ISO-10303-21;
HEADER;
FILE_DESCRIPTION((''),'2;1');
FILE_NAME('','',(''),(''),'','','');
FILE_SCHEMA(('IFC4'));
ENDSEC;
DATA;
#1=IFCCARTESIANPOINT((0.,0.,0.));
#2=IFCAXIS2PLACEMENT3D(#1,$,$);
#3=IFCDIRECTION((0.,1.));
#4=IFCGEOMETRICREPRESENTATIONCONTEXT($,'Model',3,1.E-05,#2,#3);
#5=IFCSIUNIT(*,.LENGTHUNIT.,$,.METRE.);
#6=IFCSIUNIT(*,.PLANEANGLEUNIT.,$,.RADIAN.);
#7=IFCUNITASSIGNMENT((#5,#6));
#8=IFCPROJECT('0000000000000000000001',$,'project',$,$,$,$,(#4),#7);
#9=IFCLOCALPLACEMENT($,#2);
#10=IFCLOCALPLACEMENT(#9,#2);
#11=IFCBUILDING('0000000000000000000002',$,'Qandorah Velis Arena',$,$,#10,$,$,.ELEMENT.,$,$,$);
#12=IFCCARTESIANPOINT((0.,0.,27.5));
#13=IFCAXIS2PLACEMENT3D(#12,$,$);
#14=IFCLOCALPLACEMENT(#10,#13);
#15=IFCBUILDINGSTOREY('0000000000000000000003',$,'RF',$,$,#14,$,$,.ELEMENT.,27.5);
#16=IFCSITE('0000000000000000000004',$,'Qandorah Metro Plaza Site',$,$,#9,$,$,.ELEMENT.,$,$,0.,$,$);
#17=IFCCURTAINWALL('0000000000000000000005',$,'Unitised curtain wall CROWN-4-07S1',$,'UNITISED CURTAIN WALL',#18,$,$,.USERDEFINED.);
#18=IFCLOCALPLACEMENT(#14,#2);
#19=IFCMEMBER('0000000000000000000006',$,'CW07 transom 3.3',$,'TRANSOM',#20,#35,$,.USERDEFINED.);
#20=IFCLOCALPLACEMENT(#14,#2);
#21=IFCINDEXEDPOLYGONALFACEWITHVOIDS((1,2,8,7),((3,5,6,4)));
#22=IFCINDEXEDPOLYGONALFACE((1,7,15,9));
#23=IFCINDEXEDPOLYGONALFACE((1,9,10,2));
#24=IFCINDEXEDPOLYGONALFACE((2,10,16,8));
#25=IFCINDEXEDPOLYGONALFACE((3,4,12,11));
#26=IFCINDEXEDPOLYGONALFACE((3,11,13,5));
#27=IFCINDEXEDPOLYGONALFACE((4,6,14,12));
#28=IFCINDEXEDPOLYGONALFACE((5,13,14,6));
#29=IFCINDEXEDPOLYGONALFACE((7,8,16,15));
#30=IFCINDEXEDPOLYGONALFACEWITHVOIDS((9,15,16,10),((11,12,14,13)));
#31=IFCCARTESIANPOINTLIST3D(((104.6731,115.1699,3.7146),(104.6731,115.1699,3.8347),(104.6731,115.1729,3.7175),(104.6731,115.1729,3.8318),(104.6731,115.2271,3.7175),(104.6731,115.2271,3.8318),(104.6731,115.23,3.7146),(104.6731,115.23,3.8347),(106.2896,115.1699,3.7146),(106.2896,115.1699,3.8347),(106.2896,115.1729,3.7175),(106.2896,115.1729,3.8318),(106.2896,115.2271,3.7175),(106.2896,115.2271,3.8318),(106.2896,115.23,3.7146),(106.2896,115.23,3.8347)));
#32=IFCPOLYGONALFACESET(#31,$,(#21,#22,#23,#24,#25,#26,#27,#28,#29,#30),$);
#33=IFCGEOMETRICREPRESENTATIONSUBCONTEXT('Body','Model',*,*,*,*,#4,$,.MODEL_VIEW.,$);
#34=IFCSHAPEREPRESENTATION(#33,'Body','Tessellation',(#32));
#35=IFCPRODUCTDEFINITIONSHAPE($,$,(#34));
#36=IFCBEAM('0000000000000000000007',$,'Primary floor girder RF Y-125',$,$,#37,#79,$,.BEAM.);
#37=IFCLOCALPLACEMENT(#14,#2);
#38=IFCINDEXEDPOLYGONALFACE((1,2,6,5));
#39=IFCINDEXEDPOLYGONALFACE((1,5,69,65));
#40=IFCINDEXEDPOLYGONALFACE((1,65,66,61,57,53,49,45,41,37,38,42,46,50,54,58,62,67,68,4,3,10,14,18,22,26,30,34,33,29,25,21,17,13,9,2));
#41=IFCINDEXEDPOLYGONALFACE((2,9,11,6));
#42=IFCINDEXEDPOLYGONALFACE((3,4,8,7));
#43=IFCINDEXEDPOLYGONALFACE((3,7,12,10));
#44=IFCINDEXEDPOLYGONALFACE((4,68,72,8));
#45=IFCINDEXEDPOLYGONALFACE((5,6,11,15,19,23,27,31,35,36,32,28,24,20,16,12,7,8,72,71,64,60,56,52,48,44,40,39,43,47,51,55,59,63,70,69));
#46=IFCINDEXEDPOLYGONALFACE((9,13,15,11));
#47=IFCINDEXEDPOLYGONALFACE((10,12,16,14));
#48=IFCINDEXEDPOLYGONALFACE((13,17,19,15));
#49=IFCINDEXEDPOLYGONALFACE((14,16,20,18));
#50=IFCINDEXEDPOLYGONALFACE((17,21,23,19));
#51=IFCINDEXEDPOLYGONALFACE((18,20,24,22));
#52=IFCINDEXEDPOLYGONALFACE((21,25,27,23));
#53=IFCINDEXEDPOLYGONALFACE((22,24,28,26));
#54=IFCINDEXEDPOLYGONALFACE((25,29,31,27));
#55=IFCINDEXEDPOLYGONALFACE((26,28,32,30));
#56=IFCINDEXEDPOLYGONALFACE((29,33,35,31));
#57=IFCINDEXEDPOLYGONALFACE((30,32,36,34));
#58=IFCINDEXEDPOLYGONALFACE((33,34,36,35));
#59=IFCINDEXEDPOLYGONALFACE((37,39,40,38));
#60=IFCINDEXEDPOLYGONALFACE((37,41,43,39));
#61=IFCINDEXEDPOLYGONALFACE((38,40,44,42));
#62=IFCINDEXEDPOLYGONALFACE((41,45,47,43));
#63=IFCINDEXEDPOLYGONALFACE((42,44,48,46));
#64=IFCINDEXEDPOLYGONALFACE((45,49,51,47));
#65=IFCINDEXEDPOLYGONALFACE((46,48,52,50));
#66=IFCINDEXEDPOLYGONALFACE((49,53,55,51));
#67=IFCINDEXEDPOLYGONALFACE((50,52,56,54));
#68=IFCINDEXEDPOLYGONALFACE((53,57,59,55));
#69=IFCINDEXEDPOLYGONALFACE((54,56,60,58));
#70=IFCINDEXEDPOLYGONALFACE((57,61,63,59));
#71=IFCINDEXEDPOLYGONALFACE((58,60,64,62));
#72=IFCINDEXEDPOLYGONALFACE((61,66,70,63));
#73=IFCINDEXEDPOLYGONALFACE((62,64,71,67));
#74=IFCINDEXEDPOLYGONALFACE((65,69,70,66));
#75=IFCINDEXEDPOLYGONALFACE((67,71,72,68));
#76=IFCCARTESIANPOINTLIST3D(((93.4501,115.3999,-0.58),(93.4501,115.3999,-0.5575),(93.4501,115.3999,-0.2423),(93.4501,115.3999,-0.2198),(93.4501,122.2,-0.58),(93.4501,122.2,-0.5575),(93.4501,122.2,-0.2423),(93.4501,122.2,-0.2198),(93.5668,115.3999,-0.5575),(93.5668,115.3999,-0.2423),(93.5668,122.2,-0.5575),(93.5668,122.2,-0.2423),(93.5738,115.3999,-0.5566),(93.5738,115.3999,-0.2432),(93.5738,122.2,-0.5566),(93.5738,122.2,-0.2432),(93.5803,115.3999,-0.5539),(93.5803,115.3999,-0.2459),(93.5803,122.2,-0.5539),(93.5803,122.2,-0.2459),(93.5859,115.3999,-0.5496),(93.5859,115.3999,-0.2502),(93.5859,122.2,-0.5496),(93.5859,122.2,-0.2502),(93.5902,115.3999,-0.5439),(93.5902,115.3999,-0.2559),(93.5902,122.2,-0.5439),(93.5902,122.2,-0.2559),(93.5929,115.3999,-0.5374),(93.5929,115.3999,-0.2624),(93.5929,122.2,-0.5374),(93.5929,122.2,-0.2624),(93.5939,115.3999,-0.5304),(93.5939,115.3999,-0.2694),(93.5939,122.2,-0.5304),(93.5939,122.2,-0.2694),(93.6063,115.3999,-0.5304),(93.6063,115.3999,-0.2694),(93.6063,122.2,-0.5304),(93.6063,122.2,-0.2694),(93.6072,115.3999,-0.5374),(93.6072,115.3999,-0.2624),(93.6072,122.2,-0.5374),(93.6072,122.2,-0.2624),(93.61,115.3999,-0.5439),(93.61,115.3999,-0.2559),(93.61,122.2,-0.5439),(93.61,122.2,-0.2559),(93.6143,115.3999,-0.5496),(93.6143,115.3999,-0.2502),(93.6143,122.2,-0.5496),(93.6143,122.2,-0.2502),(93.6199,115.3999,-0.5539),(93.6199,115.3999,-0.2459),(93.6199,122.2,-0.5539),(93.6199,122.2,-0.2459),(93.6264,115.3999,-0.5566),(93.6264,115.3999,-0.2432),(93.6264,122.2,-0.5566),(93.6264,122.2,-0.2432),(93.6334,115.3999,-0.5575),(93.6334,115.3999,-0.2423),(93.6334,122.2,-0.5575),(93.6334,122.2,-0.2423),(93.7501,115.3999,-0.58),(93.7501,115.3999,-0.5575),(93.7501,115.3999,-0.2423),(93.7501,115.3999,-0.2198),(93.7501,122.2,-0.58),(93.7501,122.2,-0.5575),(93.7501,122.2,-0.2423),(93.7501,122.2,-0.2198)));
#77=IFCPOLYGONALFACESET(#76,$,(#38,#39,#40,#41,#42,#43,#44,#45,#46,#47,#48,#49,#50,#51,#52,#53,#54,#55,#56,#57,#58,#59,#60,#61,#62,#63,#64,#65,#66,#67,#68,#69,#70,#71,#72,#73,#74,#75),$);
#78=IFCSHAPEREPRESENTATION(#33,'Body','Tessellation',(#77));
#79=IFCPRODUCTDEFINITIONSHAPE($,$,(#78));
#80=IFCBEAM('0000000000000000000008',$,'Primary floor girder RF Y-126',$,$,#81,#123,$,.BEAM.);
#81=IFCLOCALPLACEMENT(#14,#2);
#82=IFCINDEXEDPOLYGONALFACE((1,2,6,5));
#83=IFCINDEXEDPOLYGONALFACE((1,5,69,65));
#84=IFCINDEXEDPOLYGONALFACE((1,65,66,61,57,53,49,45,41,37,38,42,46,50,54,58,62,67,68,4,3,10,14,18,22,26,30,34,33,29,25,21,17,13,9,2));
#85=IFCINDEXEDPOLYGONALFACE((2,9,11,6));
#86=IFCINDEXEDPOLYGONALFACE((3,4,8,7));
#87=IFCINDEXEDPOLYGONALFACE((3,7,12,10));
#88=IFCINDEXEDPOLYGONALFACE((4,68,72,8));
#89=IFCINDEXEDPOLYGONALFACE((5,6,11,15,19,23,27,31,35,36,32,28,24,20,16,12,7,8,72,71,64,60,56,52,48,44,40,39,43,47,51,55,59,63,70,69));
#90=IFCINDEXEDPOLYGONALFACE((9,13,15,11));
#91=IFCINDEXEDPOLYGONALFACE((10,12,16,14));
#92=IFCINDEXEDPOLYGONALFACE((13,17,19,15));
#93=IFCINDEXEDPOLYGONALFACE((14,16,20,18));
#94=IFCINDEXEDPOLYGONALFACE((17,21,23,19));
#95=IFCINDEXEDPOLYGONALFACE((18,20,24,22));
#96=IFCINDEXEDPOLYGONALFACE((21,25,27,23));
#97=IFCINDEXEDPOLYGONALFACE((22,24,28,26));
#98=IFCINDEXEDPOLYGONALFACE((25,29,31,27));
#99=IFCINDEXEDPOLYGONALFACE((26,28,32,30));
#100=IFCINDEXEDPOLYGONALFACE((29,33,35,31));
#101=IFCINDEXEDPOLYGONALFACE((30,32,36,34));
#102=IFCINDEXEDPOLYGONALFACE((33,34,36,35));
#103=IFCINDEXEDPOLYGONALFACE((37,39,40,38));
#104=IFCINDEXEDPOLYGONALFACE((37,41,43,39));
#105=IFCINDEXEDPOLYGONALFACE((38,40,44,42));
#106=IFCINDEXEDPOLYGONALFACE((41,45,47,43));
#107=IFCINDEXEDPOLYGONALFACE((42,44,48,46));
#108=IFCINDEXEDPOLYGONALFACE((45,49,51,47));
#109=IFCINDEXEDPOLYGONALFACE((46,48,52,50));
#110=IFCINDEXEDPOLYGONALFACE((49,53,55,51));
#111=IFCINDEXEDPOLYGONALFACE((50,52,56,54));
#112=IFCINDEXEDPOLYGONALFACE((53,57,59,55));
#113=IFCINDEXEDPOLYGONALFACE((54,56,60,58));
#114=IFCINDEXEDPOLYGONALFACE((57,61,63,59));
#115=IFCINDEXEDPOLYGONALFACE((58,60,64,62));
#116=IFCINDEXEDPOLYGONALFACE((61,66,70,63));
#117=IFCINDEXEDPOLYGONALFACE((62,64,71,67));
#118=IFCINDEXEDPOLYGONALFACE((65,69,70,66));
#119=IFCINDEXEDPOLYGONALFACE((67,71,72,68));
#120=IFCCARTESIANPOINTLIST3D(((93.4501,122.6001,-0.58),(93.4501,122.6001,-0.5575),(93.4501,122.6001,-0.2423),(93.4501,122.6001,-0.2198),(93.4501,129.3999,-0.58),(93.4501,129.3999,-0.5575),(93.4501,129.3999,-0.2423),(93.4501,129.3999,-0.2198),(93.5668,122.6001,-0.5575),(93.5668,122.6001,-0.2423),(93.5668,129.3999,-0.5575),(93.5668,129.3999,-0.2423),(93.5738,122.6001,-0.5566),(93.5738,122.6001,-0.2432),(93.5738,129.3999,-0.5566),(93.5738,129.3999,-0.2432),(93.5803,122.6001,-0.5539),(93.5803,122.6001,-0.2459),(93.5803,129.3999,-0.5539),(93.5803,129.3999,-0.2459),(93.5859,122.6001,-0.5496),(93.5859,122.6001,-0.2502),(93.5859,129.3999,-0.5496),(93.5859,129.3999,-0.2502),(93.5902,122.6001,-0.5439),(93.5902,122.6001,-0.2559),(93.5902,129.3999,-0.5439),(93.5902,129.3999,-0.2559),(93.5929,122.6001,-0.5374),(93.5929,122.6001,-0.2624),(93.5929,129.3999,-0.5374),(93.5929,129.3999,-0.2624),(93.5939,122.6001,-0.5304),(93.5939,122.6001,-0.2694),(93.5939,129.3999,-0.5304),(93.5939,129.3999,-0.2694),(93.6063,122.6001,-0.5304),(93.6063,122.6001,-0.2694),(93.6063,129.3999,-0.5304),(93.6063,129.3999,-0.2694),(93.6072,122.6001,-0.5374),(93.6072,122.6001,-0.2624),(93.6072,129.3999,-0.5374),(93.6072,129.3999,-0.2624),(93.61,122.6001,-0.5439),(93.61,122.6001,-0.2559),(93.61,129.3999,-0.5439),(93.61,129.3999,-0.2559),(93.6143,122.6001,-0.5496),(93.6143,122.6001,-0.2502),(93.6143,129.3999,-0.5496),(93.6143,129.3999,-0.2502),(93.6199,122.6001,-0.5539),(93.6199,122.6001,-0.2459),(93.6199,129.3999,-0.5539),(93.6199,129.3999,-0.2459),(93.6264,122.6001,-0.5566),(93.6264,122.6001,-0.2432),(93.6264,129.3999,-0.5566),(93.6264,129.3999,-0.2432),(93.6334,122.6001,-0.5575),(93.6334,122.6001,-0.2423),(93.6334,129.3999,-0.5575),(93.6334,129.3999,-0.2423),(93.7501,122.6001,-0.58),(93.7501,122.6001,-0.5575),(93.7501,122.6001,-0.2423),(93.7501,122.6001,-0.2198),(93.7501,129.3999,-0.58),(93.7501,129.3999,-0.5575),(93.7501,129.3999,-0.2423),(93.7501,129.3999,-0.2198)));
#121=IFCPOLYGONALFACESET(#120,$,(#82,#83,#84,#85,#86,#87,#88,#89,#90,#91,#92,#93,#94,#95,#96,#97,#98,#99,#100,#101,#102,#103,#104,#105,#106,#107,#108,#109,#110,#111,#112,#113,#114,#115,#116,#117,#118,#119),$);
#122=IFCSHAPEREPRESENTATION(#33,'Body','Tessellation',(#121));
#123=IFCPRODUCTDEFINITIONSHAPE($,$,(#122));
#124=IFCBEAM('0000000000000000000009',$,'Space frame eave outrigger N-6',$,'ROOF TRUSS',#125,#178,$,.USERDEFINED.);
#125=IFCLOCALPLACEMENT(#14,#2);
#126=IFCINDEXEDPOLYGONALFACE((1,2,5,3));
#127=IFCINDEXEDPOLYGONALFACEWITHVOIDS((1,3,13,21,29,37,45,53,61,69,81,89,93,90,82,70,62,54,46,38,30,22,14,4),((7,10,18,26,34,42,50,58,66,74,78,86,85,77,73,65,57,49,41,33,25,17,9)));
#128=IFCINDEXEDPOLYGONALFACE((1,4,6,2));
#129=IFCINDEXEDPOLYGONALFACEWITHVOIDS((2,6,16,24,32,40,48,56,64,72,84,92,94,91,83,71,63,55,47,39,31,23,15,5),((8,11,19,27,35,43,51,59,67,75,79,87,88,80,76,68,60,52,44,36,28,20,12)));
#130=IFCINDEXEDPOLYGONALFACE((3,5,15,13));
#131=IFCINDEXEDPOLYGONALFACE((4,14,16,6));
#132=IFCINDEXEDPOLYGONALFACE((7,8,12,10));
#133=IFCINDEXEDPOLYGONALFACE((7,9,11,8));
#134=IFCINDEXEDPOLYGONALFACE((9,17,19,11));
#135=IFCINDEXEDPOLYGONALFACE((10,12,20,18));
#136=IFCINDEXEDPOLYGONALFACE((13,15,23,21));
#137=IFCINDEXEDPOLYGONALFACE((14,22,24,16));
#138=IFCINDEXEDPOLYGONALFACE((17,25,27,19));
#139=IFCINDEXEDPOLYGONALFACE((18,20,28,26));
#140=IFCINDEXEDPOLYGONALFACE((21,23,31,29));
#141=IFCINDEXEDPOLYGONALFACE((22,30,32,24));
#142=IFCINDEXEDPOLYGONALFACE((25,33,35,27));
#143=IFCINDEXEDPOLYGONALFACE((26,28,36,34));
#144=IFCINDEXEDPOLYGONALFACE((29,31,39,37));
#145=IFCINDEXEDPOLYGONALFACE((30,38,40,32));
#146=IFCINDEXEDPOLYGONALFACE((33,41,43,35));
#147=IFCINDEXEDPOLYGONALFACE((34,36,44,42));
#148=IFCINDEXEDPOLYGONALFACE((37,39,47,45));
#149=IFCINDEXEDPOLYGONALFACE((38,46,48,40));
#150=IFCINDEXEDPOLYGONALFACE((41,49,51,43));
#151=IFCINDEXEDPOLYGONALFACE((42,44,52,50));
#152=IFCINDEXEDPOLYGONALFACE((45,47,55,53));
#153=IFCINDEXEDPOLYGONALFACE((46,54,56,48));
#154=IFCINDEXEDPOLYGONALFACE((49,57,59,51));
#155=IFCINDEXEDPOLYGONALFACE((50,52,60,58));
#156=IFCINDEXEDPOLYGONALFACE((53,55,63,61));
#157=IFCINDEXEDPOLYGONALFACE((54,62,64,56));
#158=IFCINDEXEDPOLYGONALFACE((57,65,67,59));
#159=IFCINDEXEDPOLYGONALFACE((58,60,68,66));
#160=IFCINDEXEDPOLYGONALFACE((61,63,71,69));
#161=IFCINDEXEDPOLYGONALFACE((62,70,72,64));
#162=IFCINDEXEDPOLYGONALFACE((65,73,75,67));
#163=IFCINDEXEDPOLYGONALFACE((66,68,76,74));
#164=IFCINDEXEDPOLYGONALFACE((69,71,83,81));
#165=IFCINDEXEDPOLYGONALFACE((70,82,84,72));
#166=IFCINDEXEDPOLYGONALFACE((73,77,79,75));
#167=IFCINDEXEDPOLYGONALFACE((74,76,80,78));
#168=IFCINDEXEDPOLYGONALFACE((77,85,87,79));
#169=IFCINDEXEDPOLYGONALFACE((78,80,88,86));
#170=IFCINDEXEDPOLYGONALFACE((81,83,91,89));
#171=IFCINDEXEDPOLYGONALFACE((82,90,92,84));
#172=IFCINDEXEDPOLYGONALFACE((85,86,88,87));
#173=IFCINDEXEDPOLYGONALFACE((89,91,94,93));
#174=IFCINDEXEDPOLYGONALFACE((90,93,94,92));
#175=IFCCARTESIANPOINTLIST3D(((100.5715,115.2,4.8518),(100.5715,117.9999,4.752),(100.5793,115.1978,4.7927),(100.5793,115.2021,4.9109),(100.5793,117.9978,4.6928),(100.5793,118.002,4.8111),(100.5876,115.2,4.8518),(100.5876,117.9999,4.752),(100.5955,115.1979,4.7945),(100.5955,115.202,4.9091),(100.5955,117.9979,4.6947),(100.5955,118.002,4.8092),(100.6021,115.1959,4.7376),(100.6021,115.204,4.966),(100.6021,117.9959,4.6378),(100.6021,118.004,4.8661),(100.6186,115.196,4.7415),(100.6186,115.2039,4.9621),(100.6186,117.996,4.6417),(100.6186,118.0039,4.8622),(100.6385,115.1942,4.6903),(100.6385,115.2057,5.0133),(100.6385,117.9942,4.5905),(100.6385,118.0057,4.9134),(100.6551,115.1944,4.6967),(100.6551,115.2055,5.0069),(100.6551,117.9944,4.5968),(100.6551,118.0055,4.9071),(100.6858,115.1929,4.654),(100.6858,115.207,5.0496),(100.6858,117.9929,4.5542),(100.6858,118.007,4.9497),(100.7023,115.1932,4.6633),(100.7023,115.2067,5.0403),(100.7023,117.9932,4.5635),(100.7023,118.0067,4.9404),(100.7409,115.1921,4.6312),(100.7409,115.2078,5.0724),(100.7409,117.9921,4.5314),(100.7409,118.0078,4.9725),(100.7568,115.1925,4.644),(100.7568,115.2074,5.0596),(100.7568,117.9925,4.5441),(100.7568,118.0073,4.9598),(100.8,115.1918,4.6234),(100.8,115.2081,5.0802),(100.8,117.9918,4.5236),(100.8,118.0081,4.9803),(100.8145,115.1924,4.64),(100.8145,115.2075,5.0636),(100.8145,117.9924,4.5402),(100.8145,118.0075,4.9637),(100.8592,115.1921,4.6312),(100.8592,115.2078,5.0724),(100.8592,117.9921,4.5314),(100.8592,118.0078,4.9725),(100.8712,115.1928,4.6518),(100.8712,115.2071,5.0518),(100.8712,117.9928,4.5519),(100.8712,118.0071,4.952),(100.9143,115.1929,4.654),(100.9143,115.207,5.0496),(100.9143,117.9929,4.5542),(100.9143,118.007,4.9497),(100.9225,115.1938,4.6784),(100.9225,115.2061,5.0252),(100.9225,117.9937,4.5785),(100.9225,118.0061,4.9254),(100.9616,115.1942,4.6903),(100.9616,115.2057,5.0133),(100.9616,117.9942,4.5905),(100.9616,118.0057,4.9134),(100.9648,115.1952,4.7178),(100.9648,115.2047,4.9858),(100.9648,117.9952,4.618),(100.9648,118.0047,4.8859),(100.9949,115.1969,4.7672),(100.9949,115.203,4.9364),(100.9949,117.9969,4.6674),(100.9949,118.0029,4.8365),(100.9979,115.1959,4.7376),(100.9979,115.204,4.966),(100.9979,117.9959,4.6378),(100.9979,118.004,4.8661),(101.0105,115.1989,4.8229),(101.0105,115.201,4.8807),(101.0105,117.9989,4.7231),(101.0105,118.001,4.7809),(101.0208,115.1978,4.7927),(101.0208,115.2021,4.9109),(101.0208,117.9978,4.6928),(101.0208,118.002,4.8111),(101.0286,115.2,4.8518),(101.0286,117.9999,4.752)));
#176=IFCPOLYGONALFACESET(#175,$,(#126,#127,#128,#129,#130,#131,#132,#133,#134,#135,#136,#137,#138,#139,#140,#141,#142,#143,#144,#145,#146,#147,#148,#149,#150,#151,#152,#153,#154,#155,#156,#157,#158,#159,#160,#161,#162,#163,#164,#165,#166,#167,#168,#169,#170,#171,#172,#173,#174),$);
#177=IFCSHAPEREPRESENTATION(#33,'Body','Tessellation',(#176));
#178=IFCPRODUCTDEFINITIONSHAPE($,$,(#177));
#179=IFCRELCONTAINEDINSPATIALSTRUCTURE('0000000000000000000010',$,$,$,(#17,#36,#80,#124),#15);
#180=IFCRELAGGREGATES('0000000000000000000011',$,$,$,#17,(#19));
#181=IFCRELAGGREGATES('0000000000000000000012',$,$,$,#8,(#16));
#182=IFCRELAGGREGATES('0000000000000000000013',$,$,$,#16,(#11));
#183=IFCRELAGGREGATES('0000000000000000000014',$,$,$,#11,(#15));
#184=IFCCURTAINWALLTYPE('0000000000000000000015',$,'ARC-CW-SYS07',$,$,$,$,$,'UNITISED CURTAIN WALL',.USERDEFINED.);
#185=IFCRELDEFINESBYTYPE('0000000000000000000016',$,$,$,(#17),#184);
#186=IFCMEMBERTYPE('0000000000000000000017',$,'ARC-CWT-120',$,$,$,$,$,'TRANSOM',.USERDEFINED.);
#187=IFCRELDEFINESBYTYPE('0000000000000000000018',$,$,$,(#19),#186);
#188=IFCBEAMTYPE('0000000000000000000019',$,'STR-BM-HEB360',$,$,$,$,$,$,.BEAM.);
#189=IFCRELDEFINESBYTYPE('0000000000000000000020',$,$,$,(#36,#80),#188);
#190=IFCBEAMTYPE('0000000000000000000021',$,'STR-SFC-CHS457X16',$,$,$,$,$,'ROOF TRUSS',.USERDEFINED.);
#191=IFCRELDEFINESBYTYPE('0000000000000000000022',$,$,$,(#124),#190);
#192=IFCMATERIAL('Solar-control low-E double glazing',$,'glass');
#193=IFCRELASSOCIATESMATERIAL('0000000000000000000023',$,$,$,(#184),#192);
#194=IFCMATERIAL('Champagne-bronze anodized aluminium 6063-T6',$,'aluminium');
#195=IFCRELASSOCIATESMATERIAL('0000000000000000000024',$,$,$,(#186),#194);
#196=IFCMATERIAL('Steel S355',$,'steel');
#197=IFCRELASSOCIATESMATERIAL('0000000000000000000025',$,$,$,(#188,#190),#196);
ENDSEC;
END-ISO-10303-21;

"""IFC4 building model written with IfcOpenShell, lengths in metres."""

from ifc_helpers import new_model, si_unit, direction, frame, origin, origin_2d, place, context, subcontext, project, spatial, hollow_rectangle, hollow_circle, i_section, extrude, material, material_profile, profile_set, type_object, element, aggregate, save


model = new_model("IFC4")

# Units and contexts
model_context = context("Model", 3, precision=1e-05, world=origin(), true_north=direction((0.0, 1.0)))
body_context = subcontext(model_context, "Body", "Model", "MODEL_VIEW")
ifc_project = project(units=[si_unit("LENGTHUNIT", "METRE"), si_unit("PLANEANGLEUNIT", "RADIAN")], contexts=[model_context])

# Site, building, storey
site_placement = place(None, origin())
site = spatial("IfcSite", under=ifc_project, at=site_placement, Name="Qandorah Metro Plaza Site", CompositionType="ELEMENT", RefElevation=0.0)
building_placement = place(site_placement, origin())
building = spatial("IfcBuilding", under=site, at=building_placement, Name="Qandorah Velis Arena", CompositionType="ELEMENT")
storey_placement = place(building_placement, frame((0.0, 0.0, 27.5)))
storey = spatial("IfcBuildingStorey", under=building, at=storey_placement, Name="RF", CompositionType="ELEMENT", Elevation=27.5)

# Curtain wall, member
ifc_material_1 = material(Name="Solar-control low-E double glazing", Category="glass")
curtain_wall_type = type_object("IfcCurtainWallType", Name="ARC-CW-SYS07", ElementType="UNITISED CURTAIN WALL", PredefinedType="USERDEFINED", material=ifc_material_1)
curtain_wall_placement = place(storey_placement, origin())
curtain_wall = element("IfcCurtainWall", 1, at=curtain_wall_placement, inside=storey, type_object=curtain_wall_type, Name="Unitised curtain wall CROWN-4-07S1", ObjectType="UNITISED CURTAIN WALL", PredefinedType="USERDEFINED")
ifc_material_2 = material(Name="Champagne-bronze anodized aluminium 6063-T6", Category="aluminium")
ifc_material_profile_1 = material_profile(ifc_material_2, hollow_rectangle(XDim=0.0601, YDim=0.1201, WallThickness=0.0029, at=origin_2d()), Name="ALU TRANSOM 60x120")
ifc_profile_set_1 = profile_set([ifc_material_profile_1], Name="Champagne-bronze anodized aluminium 6063-T6")
member_type_1 = type_object("IfcMemberType", Name="ARC-CWT-120", ElementType="TRANSOM", PredefinedType="USERDEFINED", material=ifc_profile_set_1)
member_1_placement = place(storey_placement, frame((104.6731, 115.2, 3.7747), z_axis=(1.0, 0.0, 0.0), x_axis=(0.0, 1.0, 0.0)))
member_1 = element("IfcMember", 2, at=member_1_placement, type_object=member_type_1, Name="CW07 transom 3.3", ObjectType="TRANSOM", PredefinedType="USERDEFINED", context=body_context, shape_type="SweptSolid", body=[
    extrude(hollow_rectangle(XDim=0.0601, YDim=0.1201, WallThickness=0.0029, at=origin_2d()), origin(), (0.0, 0.0, 1.0), 1.6165),
])

# Beams
ifc_material_3 = material(Name="Steel S355", Category="steel")
ifc_material_profile_2 = material_profile(ifc_material_3, i_section(OverallWidth=0.3, OverallDepth=0.3601, WebThickness=0.0125, FlangeThickness=0.0225, FilletRadius=0.0271, at=origin_2d()), Name="HEB 360")
ifc_profile_set_2 = profile_set([ifc_material_profile_2], Name="Steel S355")
beam_type_1 = type_object("IfcBeamType", Name="STR-BM-HEB360", PredefinedType="BEAM", material=ifc_profile_set_2)
beam_1_placement = place(storey_placement, frame((93.6001, 115.3999, -0.3999), z_axis=(0.0, 1.0, 0.0), x_axis=(-1.0, 0.0, 0.0)))
element("IfcBeam", 3, at=beam_1_placement, inside=storey, type_object=beam_type_1, Name="Primary floor girder RF Y-125", PredefinedType="BEAM", context=body_context, shape_type="SweptSolid", body=[
    extrude(i_section(OverallWidth=0.3, OverallDepth=0.3601, WebThickness=0.0125, FlangeThickness=0.0225, FilletRadius=0.0271, at=origin_2d()), origin(), (0.0, 0.0, 1.0), 6.8),
])
beam_2_placement = place(storey_placement, frame((93.6001, 122.6001, -0.3999), z_axis=(0.0, 1.0, 0.0), x_axis=(-1.0, 0.0, 0.0)))
element("IfcBeam", 4, at=beam_2_placement, inside=storey, type_object=beam_type_1, Name="Primary floor girder RF Y-126", PredefinedType="BEAM", context=body_context, shape_type="SweptSolid", body=[
    extrude(i_section(OverallWidth=0.3, OverallDepth=0.3601, WebThickness=0.0125, FlangeThickness=0.0225, FilletRadius=0.0271, at=origin_2d()), origin(), (0.0, 0.0, 1.0), 6.7998),
])
ifc_material_profile_3 = material_profile(ifc_material_3, hollow_circle(Radius=0.2285, WallThickness=0.0161, at=origin_2d()), Name="CHS 457x16")
ifc_profile_set_3 = profile_set([ifc_material_profile_3], Name="Steel S355")
beam_type_2 = type_object("IfcBeamType", Name="STR-SFC-CHS457X16", ElementType="ROOF TRUSS", PredefinedType="USERDEFINED", material=ifc_profile_set_3)
beam_3_placement = place(storey_placement, frame((100.8, 115.2, 4.8518), z_axis=(0.0, 0.999365, -0.035639), x_axis=(-1.0, 0.0, 0.0)))
element("IfcBeam", 5, at=beam_3_placement, inside=storey, type_object=beam_type_2, Name="Space frame eave outrigger N-6", ObjectType="ROOF TRUSS", PredefinedType="USERDEFINED", context=body_context, shape_type="SweptSolid", body=[
    extrude(hollow_circle(Radius=0.2285, WallThickness=0.0161, at=origin_2d()), origin(), (0.0, 0.0, 1.0), 2.8018),
])

aggregate(curtain_wall, [member_1])

save(model, "model.ifc")
